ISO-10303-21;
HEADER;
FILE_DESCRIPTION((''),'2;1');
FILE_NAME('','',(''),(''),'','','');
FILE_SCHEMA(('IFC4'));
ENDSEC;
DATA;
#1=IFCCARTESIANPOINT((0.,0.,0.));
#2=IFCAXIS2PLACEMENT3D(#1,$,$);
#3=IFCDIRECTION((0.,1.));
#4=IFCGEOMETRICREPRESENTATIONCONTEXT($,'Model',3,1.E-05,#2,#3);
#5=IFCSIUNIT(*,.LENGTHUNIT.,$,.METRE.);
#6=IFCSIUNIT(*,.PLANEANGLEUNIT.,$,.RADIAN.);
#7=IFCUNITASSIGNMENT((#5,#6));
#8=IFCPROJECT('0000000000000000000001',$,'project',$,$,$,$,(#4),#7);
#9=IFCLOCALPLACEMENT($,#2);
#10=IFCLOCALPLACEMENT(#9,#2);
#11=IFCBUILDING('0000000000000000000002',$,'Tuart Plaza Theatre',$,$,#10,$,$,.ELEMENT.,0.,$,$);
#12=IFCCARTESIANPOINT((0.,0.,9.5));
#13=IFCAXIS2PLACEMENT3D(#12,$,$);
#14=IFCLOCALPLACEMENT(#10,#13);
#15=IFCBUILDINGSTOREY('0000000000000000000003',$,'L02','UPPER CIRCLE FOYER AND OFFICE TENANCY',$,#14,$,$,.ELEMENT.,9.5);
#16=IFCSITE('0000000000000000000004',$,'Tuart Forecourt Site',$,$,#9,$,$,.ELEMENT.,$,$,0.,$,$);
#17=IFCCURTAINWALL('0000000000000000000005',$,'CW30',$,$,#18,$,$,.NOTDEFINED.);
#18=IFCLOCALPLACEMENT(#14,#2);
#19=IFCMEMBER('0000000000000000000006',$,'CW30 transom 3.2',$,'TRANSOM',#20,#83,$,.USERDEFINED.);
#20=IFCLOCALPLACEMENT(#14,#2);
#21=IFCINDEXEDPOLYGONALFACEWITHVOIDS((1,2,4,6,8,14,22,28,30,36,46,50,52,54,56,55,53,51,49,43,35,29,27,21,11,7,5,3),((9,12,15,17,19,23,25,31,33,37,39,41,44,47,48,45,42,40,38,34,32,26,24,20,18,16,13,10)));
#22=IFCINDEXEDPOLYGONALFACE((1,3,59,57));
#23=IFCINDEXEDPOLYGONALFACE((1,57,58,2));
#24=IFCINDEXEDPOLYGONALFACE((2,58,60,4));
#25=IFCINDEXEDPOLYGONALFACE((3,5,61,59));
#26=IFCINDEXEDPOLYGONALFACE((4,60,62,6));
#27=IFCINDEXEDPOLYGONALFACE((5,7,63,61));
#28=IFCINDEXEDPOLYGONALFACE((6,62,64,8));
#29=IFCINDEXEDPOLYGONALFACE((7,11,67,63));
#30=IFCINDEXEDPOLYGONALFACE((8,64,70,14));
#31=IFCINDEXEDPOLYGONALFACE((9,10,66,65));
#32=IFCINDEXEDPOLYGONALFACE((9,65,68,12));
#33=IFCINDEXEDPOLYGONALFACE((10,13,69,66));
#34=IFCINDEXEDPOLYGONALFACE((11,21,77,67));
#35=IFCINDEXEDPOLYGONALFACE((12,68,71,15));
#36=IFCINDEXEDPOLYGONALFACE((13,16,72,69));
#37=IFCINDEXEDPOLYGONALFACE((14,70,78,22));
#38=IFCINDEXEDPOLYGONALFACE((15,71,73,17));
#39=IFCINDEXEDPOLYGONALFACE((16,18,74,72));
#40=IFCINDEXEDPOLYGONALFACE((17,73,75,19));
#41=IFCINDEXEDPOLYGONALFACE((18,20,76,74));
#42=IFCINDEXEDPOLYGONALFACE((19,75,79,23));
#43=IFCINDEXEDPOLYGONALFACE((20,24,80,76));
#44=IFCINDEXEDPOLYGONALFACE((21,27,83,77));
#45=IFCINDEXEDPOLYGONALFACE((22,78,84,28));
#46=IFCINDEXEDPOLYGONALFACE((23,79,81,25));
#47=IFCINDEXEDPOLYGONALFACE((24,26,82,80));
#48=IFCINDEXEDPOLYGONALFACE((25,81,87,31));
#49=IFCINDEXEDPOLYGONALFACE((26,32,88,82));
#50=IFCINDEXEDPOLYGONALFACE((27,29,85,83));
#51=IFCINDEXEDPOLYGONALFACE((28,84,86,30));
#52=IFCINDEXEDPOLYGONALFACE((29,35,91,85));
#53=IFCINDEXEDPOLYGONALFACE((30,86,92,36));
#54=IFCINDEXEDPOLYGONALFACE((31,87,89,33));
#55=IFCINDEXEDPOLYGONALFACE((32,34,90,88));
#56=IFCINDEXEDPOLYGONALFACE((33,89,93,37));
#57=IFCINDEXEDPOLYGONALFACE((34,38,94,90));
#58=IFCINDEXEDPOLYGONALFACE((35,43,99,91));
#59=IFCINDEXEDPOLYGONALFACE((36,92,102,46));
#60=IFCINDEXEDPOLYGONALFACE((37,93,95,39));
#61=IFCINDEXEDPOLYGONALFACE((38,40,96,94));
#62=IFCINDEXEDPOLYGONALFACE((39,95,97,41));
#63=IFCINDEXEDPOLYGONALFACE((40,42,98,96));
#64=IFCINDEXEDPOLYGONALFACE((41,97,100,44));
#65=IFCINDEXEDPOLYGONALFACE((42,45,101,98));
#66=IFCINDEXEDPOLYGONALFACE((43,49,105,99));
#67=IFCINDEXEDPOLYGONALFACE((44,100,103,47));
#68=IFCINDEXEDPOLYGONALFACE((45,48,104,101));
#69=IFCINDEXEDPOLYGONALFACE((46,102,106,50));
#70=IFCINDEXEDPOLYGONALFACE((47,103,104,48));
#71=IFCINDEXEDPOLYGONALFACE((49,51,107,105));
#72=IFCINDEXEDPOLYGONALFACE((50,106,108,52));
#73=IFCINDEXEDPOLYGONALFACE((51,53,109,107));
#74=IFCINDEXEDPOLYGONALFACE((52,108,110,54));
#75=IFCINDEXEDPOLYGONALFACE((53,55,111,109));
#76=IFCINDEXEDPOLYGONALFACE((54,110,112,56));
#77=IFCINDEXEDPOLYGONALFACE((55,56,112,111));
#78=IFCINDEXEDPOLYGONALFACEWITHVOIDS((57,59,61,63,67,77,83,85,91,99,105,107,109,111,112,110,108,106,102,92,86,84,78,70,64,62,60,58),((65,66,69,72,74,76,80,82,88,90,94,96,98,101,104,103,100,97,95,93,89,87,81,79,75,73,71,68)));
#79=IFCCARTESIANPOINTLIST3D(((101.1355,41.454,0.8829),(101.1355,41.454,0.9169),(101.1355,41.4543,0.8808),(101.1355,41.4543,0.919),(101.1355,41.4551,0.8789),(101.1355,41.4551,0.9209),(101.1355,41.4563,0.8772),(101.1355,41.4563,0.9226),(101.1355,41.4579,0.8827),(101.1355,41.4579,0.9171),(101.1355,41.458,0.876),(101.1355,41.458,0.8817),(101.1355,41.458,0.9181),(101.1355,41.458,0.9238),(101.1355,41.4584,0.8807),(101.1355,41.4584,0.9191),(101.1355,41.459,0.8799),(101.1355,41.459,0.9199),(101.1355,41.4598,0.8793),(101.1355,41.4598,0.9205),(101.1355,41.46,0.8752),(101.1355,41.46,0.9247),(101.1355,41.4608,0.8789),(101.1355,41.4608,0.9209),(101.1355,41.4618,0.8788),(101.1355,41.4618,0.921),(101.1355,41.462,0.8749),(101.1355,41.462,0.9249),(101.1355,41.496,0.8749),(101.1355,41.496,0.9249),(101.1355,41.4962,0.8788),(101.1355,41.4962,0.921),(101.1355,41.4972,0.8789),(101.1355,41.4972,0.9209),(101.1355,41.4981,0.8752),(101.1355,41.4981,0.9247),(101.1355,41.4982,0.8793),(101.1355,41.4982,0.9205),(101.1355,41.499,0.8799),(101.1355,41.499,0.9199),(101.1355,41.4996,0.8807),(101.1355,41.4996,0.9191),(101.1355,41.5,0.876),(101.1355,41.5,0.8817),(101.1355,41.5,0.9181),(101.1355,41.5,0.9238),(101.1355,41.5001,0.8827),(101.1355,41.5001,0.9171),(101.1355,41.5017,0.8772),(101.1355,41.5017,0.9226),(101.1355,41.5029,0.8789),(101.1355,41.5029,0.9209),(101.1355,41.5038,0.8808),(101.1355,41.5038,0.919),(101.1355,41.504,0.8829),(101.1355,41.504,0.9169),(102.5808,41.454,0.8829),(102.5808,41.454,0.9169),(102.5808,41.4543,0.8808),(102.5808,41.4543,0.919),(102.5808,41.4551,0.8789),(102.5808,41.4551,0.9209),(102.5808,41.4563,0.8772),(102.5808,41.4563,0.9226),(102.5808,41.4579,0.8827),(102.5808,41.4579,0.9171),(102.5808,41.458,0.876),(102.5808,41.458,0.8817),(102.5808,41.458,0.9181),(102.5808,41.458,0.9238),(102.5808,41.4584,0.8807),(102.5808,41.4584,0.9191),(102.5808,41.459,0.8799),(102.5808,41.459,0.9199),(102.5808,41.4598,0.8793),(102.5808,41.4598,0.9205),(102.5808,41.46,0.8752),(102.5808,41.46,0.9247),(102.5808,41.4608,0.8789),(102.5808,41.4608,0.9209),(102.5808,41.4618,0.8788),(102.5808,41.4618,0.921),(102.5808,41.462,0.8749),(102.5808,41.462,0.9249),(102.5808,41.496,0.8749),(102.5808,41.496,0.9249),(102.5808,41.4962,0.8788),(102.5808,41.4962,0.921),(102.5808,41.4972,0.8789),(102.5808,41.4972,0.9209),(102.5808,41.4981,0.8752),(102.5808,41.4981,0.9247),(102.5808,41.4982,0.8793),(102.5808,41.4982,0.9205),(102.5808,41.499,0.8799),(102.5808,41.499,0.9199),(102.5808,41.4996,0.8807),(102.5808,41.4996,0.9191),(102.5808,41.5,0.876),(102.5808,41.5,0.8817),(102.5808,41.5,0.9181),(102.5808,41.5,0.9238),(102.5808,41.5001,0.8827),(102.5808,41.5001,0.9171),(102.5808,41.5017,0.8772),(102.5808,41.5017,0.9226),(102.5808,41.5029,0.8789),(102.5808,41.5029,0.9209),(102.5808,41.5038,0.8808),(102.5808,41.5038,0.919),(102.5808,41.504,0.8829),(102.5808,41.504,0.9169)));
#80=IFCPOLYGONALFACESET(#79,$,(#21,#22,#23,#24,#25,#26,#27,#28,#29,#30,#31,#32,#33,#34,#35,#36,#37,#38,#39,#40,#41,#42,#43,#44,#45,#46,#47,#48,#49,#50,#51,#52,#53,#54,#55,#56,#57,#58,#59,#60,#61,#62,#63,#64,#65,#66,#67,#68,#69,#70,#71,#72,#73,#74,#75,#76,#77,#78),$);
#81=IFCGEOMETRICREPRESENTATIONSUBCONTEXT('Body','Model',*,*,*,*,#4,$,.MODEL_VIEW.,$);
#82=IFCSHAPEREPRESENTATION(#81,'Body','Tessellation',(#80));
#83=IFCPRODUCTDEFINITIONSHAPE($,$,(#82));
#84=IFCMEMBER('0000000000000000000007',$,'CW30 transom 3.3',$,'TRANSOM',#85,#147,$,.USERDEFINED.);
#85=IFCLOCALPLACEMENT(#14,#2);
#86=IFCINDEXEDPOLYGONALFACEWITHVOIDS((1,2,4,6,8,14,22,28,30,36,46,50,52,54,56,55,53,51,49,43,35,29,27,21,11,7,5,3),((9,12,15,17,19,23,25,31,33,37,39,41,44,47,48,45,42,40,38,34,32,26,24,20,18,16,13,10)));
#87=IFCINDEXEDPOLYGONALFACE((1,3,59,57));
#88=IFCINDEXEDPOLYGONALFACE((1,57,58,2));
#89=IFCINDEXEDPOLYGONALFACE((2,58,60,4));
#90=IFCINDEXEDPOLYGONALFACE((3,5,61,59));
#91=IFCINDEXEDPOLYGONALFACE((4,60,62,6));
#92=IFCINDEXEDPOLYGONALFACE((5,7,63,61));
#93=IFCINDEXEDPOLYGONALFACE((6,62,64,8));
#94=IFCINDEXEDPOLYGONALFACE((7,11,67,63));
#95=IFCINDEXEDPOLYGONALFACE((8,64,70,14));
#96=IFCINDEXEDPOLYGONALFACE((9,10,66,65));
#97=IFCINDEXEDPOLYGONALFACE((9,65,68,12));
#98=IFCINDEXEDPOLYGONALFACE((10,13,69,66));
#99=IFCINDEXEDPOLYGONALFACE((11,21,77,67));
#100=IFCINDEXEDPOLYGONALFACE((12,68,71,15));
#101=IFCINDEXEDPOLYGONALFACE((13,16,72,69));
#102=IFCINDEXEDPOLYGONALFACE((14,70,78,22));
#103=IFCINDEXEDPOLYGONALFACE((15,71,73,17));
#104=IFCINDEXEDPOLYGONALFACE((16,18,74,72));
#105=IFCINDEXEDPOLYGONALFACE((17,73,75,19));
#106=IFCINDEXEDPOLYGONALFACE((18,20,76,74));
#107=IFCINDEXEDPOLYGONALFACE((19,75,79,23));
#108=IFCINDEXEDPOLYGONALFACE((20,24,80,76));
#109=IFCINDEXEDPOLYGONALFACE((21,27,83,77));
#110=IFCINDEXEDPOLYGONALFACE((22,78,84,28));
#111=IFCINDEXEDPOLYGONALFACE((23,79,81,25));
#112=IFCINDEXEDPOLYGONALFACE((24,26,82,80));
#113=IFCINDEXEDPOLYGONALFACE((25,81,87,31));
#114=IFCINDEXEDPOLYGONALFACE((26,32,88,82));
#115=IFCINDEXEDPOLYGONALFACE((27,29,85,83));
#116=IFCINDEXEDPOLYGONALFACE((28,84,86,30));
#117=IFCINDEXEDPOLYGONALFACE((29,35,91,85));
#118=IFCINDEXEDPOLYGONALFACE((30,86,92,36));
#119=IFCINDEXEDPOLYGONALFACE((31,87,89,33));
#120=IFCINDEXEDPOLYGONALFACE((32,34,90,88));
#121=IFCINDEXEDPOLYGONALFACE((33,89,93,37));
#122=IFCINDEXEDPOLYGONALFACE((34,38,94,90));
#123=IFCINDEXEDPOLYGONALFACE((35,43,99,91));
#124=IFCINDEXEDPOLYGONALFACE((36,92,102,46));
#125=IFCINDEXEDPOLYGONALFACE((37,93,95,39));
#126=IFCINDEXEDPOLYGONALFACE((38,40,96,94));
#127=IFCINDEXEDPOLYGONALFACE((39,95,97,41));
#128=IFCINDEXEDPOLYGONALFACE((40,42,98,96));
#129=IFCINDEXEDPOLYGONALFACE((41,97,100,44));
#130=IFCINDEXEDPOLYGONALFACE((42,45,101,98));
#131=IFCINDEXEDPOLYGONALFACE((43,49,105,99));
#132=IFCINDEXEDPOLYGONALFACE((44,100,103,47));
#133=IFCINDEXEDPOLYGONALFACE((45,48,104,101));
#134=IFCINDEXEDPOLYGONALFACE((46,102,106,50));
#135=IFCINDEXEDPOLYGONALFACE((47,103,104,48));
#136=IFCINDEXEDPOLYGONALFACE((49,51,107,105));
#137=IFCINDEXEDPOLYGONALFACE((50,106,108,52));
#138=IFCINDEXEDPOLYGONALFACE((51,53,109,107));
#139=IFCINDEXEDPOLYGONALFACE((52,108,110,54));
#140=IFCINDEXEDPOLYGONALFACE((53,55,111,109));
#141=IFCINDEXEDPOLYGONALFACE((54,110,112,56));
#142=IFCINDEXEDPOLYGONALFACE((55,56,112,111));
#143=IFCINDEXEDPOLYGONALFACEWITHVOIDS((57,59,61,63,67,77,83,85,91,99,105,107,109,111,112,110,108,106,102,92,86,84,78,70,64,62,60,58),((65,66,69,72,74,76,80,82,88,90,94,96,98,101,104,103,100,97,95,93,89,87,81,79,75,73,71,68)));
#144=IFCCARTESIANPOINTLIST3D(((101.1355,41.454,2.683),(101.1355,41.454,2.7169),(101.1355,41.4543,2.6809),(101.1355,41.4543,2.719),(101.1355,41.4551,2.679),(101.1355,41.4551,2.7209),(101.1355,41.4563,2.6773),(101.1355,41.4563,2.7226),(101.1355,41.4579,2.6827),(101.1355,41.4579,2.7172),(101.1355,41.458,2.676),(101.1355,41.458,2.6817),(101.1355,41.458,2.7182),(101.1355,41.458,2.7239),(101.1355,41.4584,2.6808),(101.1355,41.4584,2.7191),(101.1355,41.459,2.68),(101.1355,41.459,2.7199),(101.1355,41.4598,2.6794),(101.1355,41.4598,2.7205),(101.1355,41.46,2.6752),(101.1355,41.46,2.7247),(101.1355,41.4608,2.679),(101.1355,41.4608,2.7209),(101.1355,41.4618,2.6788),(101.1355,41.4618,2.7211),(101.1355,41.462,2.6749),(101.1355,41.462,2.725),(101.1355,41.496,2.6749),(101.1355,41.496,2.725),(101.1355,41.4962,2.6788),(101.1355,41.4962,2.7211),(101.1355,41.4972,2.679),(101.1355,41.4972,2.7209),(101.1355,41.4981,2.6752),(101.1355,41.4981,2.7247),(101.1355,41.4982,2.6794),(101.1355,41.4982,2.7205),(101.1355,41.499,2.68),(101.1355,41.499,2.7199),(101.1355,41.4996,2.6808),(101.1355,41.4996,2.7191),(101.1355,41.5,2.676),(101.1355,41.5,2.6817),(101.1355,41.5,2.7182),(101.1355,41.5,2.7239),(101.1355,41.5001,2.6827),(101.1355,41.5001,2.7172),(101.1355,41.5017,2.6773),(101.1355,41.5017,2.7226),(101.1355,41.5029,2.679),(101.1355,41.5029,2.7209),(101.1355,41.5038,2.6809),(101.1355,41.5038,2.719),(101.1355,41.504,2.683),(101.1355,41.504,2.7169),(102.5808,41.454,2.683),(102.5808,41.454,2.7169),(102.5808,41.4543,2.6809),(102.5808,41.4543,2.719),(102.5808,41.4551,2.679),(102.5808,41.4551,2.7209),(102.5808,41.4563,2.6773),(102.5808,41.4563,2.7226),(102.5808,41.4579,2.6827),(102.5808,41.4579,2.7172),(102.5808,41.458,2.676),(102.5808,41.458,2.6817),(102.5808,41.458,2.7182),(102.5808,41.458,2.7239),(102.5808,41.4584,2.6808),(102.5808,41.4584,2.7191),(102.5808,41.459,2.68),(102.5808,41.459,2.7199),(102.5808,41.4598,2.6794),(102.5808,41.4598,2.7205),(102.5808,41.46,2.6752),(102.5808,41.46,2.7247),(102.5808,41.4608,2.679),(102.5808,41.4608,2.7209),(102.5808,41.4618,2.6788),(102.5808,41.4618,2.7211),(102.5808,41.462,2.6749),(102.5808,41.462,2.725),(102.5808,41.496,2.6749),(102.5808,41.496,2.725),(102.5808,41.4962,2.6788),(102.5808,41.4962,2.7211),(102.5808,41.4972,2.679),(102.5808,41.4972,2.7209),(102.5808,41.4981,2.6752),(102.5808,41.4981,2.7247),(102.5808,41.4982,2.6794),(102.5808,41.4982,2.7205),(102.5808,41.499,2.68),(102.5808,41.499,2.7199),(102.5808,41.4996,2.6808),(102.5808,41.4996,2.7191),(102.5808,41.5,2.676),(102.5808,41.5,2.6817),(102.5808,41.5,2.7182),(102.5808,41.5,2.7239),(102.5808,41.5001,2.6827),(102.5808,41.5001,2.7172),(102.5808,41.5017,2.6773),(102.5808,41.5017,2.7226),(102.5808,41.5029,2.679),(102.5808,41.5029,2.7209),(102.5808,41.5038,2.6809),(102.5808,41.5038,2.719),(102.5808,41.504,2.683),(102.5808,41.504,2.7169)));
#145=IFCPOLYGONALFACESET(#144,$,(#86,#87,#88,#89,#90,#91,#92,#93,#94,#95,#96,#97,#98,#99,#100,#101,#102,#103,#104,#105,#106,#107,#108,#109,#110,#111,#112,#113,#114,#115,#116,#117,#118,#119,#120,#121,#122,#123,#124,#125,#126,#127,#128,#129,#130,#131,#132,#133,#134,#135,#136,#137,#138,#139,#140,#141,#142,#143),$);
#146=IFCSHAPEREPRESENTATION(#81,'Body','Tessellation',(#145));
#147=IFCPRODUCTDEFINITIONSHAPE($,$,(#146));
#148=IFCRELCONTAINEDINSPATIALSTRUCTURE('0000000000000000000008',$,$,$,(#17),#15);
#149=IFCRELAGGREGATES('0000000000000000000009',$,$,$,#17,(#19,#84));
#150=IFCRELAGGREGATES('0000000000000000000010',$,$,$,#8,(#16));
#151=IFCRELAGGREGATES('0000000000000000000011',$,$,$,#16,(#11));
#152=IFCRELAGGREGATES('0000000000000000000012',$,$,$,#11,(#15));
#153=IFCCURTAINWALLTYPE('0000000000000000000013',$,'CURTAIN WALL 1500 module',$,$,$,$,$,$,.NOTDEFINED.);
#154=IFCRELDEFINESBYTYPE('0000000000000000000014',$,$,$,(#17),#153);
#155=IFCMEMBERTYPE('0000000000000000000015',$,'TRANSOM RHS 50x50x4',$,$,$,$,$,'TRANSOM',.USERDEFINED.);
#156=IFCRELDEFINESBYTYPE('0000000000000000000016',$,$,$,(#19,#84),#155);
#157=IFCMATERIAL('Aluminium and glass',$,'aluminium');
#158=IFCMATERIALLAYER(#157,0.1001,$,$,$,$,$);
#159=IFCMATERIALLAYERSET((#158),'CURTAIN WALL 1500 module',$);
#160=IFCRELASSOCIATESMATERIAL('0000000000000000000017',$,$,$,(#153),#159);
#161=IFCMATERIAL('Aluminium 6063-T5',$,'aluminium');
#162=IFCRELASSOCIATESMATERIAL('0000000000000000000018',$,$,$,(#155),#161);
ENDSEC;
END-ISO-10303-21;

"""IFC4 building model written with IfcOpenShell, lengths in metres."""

from ifc_helpers import new_model, si_unit, direction, frame, origin, origin_2d, place, context, subcontext, project, spatial, hollow_rectangle, extrude, material, layer, layer_set, material_profile, profile_set, type_object, element, aggregate, save


model = new_model("IFC4")

# Units and contexts
model_context = context("Model", 3, precision=1e-05, world=origin(), true_north=direction((0.0, 1.0)))
body_context = subcontext(model_context, "Body", "Model", "MODEL_VIEW")
ifc_project = project(units=[si_unit("LENGTHUNIT", "METRE"), si_unit("PLANEANGLEUNIT", "RADIAN")], contexts=[model_context])

# Site, building, storey
site_placement = place(None, origin())
site = spatial("IfcSite", under=ifc_project, at=site_placement, Name="Tuart Forecourt Site", CompositionType="ELEMENT", RefElevation=0.0)
building_placement = place(site_placement, origin())
building = spatial("IfcBuilding", under=site, at=building_placement, Name="Tuart Plaza Theatre", CompositionType="ELEMENT", ElevationOfRefHeight=0.0)
storey_placement = place(building_placement, frame((0.0, 0.0, 9.5)))
storey = spatial("IfcBuildingStorey", under=building, at=storey_placement, Name="L02", Description="UPPER CIRCLE FOYER AND OFFICE TENANCY", CompositionType="ELEMENT", Elevation=9.5)

# Curtain wall, members
ifc_material_1 = material(Name="Aluminium and glass", Category="aluminium")
ifc_layer_1 = layer(ifc_material_1, 0.1001)
ifc_layer_set_1 = layer_set([ifc_layer_1], Name="CURTAIN WALL 1500 module")
curtain_wall_type = type_object("IfcCurtainWallType", Name="CURTAIN WALL 1500 module", PredefinedType="NOTDEFINED", material=ifc_layer_set_1)
curtain_wall_placement = place(storey_placement, origin())
curtain_wall = element("IfcCurtainWall", 1, at=curtain_wall_placement, inside=storey, type_object=curtain_wall_type, Name="CW30", PredefinedType="NOTDEFINED")
ifc_material_2 = material(Name="Aluminium 6063-T5", Category="aluminium")
ifc_material_profile_1 = material_profile(ifc_material_2, hollow_rectangle(XDim=0.05, YDim=0.05, WallThickness=0.0039, InnerFilletRadius=0.0039, OuterFilletRadius=0.0081, at=origin_2d()), Name="RHS 50x50x4")
ifc_profile_set_1 = profile_set([ifc_material_profile_1], Name="Aluminium 6063-T5")
member_type_1 = type_object("IfcMemberType", Name="TRANSOM RHS 50x50x4", ElementType="TRANSOM", PredefinedType="USERDEFINED", material=ifc_profile_set_1)
member_1_placement = place(storey_placement, frame((101.1355, 41.479, 0.8999), z_axis=(1.0, 0.0, 0.0), x_axis=(0.0, 1.0, 0.0)))
member_1 = element("IfcMember", 2, at=member_1_placement, type_object=member_type_1, Name="CW30 transom 3.2", ObjectType="TRANSOM", PredefinedType="USERDEFINED", context=body_context, shape_type="SweptSolid", body=[
    extrude(hollow_rectangle(XDim=0.05, YDim=0.05, WallThickness=0.0039, InnerFilletRadius=0.0039, OuterFilletRadius=0.0081, at=origin_2d()), origin(), (0.0, 0.0, 1.0), 1.4453),
])
member_2_placement = place(storey_placement, frame((101.1355, 41.479, 2.7), z_axis=(1.0, 0.0, 0.0), x_axis=(0.0, 1.0, 0.0)))
member_2 = element("IfcMember", 3, at=member_2_placement, type_object=member_type_1, Name="CW30 transom 3.3", ObjectType="TRANSOM", PredefinedType="USERDEFINED", context=body_context, shape_type="SweptSolid", body=[
    extrude(hollow_rectangle(XDim=0.05, YDim=0.05, WallThickness=0.0039, InnerFilletRadius=0.0039, OuterFilletRadius=0.0081, at=origin_2d()), origin(), (0.0, 0.0, 1.0), 1.4453),
])
aggregate(curtain_wall, [member_1, member_2])

save(model, "model.ifc")
